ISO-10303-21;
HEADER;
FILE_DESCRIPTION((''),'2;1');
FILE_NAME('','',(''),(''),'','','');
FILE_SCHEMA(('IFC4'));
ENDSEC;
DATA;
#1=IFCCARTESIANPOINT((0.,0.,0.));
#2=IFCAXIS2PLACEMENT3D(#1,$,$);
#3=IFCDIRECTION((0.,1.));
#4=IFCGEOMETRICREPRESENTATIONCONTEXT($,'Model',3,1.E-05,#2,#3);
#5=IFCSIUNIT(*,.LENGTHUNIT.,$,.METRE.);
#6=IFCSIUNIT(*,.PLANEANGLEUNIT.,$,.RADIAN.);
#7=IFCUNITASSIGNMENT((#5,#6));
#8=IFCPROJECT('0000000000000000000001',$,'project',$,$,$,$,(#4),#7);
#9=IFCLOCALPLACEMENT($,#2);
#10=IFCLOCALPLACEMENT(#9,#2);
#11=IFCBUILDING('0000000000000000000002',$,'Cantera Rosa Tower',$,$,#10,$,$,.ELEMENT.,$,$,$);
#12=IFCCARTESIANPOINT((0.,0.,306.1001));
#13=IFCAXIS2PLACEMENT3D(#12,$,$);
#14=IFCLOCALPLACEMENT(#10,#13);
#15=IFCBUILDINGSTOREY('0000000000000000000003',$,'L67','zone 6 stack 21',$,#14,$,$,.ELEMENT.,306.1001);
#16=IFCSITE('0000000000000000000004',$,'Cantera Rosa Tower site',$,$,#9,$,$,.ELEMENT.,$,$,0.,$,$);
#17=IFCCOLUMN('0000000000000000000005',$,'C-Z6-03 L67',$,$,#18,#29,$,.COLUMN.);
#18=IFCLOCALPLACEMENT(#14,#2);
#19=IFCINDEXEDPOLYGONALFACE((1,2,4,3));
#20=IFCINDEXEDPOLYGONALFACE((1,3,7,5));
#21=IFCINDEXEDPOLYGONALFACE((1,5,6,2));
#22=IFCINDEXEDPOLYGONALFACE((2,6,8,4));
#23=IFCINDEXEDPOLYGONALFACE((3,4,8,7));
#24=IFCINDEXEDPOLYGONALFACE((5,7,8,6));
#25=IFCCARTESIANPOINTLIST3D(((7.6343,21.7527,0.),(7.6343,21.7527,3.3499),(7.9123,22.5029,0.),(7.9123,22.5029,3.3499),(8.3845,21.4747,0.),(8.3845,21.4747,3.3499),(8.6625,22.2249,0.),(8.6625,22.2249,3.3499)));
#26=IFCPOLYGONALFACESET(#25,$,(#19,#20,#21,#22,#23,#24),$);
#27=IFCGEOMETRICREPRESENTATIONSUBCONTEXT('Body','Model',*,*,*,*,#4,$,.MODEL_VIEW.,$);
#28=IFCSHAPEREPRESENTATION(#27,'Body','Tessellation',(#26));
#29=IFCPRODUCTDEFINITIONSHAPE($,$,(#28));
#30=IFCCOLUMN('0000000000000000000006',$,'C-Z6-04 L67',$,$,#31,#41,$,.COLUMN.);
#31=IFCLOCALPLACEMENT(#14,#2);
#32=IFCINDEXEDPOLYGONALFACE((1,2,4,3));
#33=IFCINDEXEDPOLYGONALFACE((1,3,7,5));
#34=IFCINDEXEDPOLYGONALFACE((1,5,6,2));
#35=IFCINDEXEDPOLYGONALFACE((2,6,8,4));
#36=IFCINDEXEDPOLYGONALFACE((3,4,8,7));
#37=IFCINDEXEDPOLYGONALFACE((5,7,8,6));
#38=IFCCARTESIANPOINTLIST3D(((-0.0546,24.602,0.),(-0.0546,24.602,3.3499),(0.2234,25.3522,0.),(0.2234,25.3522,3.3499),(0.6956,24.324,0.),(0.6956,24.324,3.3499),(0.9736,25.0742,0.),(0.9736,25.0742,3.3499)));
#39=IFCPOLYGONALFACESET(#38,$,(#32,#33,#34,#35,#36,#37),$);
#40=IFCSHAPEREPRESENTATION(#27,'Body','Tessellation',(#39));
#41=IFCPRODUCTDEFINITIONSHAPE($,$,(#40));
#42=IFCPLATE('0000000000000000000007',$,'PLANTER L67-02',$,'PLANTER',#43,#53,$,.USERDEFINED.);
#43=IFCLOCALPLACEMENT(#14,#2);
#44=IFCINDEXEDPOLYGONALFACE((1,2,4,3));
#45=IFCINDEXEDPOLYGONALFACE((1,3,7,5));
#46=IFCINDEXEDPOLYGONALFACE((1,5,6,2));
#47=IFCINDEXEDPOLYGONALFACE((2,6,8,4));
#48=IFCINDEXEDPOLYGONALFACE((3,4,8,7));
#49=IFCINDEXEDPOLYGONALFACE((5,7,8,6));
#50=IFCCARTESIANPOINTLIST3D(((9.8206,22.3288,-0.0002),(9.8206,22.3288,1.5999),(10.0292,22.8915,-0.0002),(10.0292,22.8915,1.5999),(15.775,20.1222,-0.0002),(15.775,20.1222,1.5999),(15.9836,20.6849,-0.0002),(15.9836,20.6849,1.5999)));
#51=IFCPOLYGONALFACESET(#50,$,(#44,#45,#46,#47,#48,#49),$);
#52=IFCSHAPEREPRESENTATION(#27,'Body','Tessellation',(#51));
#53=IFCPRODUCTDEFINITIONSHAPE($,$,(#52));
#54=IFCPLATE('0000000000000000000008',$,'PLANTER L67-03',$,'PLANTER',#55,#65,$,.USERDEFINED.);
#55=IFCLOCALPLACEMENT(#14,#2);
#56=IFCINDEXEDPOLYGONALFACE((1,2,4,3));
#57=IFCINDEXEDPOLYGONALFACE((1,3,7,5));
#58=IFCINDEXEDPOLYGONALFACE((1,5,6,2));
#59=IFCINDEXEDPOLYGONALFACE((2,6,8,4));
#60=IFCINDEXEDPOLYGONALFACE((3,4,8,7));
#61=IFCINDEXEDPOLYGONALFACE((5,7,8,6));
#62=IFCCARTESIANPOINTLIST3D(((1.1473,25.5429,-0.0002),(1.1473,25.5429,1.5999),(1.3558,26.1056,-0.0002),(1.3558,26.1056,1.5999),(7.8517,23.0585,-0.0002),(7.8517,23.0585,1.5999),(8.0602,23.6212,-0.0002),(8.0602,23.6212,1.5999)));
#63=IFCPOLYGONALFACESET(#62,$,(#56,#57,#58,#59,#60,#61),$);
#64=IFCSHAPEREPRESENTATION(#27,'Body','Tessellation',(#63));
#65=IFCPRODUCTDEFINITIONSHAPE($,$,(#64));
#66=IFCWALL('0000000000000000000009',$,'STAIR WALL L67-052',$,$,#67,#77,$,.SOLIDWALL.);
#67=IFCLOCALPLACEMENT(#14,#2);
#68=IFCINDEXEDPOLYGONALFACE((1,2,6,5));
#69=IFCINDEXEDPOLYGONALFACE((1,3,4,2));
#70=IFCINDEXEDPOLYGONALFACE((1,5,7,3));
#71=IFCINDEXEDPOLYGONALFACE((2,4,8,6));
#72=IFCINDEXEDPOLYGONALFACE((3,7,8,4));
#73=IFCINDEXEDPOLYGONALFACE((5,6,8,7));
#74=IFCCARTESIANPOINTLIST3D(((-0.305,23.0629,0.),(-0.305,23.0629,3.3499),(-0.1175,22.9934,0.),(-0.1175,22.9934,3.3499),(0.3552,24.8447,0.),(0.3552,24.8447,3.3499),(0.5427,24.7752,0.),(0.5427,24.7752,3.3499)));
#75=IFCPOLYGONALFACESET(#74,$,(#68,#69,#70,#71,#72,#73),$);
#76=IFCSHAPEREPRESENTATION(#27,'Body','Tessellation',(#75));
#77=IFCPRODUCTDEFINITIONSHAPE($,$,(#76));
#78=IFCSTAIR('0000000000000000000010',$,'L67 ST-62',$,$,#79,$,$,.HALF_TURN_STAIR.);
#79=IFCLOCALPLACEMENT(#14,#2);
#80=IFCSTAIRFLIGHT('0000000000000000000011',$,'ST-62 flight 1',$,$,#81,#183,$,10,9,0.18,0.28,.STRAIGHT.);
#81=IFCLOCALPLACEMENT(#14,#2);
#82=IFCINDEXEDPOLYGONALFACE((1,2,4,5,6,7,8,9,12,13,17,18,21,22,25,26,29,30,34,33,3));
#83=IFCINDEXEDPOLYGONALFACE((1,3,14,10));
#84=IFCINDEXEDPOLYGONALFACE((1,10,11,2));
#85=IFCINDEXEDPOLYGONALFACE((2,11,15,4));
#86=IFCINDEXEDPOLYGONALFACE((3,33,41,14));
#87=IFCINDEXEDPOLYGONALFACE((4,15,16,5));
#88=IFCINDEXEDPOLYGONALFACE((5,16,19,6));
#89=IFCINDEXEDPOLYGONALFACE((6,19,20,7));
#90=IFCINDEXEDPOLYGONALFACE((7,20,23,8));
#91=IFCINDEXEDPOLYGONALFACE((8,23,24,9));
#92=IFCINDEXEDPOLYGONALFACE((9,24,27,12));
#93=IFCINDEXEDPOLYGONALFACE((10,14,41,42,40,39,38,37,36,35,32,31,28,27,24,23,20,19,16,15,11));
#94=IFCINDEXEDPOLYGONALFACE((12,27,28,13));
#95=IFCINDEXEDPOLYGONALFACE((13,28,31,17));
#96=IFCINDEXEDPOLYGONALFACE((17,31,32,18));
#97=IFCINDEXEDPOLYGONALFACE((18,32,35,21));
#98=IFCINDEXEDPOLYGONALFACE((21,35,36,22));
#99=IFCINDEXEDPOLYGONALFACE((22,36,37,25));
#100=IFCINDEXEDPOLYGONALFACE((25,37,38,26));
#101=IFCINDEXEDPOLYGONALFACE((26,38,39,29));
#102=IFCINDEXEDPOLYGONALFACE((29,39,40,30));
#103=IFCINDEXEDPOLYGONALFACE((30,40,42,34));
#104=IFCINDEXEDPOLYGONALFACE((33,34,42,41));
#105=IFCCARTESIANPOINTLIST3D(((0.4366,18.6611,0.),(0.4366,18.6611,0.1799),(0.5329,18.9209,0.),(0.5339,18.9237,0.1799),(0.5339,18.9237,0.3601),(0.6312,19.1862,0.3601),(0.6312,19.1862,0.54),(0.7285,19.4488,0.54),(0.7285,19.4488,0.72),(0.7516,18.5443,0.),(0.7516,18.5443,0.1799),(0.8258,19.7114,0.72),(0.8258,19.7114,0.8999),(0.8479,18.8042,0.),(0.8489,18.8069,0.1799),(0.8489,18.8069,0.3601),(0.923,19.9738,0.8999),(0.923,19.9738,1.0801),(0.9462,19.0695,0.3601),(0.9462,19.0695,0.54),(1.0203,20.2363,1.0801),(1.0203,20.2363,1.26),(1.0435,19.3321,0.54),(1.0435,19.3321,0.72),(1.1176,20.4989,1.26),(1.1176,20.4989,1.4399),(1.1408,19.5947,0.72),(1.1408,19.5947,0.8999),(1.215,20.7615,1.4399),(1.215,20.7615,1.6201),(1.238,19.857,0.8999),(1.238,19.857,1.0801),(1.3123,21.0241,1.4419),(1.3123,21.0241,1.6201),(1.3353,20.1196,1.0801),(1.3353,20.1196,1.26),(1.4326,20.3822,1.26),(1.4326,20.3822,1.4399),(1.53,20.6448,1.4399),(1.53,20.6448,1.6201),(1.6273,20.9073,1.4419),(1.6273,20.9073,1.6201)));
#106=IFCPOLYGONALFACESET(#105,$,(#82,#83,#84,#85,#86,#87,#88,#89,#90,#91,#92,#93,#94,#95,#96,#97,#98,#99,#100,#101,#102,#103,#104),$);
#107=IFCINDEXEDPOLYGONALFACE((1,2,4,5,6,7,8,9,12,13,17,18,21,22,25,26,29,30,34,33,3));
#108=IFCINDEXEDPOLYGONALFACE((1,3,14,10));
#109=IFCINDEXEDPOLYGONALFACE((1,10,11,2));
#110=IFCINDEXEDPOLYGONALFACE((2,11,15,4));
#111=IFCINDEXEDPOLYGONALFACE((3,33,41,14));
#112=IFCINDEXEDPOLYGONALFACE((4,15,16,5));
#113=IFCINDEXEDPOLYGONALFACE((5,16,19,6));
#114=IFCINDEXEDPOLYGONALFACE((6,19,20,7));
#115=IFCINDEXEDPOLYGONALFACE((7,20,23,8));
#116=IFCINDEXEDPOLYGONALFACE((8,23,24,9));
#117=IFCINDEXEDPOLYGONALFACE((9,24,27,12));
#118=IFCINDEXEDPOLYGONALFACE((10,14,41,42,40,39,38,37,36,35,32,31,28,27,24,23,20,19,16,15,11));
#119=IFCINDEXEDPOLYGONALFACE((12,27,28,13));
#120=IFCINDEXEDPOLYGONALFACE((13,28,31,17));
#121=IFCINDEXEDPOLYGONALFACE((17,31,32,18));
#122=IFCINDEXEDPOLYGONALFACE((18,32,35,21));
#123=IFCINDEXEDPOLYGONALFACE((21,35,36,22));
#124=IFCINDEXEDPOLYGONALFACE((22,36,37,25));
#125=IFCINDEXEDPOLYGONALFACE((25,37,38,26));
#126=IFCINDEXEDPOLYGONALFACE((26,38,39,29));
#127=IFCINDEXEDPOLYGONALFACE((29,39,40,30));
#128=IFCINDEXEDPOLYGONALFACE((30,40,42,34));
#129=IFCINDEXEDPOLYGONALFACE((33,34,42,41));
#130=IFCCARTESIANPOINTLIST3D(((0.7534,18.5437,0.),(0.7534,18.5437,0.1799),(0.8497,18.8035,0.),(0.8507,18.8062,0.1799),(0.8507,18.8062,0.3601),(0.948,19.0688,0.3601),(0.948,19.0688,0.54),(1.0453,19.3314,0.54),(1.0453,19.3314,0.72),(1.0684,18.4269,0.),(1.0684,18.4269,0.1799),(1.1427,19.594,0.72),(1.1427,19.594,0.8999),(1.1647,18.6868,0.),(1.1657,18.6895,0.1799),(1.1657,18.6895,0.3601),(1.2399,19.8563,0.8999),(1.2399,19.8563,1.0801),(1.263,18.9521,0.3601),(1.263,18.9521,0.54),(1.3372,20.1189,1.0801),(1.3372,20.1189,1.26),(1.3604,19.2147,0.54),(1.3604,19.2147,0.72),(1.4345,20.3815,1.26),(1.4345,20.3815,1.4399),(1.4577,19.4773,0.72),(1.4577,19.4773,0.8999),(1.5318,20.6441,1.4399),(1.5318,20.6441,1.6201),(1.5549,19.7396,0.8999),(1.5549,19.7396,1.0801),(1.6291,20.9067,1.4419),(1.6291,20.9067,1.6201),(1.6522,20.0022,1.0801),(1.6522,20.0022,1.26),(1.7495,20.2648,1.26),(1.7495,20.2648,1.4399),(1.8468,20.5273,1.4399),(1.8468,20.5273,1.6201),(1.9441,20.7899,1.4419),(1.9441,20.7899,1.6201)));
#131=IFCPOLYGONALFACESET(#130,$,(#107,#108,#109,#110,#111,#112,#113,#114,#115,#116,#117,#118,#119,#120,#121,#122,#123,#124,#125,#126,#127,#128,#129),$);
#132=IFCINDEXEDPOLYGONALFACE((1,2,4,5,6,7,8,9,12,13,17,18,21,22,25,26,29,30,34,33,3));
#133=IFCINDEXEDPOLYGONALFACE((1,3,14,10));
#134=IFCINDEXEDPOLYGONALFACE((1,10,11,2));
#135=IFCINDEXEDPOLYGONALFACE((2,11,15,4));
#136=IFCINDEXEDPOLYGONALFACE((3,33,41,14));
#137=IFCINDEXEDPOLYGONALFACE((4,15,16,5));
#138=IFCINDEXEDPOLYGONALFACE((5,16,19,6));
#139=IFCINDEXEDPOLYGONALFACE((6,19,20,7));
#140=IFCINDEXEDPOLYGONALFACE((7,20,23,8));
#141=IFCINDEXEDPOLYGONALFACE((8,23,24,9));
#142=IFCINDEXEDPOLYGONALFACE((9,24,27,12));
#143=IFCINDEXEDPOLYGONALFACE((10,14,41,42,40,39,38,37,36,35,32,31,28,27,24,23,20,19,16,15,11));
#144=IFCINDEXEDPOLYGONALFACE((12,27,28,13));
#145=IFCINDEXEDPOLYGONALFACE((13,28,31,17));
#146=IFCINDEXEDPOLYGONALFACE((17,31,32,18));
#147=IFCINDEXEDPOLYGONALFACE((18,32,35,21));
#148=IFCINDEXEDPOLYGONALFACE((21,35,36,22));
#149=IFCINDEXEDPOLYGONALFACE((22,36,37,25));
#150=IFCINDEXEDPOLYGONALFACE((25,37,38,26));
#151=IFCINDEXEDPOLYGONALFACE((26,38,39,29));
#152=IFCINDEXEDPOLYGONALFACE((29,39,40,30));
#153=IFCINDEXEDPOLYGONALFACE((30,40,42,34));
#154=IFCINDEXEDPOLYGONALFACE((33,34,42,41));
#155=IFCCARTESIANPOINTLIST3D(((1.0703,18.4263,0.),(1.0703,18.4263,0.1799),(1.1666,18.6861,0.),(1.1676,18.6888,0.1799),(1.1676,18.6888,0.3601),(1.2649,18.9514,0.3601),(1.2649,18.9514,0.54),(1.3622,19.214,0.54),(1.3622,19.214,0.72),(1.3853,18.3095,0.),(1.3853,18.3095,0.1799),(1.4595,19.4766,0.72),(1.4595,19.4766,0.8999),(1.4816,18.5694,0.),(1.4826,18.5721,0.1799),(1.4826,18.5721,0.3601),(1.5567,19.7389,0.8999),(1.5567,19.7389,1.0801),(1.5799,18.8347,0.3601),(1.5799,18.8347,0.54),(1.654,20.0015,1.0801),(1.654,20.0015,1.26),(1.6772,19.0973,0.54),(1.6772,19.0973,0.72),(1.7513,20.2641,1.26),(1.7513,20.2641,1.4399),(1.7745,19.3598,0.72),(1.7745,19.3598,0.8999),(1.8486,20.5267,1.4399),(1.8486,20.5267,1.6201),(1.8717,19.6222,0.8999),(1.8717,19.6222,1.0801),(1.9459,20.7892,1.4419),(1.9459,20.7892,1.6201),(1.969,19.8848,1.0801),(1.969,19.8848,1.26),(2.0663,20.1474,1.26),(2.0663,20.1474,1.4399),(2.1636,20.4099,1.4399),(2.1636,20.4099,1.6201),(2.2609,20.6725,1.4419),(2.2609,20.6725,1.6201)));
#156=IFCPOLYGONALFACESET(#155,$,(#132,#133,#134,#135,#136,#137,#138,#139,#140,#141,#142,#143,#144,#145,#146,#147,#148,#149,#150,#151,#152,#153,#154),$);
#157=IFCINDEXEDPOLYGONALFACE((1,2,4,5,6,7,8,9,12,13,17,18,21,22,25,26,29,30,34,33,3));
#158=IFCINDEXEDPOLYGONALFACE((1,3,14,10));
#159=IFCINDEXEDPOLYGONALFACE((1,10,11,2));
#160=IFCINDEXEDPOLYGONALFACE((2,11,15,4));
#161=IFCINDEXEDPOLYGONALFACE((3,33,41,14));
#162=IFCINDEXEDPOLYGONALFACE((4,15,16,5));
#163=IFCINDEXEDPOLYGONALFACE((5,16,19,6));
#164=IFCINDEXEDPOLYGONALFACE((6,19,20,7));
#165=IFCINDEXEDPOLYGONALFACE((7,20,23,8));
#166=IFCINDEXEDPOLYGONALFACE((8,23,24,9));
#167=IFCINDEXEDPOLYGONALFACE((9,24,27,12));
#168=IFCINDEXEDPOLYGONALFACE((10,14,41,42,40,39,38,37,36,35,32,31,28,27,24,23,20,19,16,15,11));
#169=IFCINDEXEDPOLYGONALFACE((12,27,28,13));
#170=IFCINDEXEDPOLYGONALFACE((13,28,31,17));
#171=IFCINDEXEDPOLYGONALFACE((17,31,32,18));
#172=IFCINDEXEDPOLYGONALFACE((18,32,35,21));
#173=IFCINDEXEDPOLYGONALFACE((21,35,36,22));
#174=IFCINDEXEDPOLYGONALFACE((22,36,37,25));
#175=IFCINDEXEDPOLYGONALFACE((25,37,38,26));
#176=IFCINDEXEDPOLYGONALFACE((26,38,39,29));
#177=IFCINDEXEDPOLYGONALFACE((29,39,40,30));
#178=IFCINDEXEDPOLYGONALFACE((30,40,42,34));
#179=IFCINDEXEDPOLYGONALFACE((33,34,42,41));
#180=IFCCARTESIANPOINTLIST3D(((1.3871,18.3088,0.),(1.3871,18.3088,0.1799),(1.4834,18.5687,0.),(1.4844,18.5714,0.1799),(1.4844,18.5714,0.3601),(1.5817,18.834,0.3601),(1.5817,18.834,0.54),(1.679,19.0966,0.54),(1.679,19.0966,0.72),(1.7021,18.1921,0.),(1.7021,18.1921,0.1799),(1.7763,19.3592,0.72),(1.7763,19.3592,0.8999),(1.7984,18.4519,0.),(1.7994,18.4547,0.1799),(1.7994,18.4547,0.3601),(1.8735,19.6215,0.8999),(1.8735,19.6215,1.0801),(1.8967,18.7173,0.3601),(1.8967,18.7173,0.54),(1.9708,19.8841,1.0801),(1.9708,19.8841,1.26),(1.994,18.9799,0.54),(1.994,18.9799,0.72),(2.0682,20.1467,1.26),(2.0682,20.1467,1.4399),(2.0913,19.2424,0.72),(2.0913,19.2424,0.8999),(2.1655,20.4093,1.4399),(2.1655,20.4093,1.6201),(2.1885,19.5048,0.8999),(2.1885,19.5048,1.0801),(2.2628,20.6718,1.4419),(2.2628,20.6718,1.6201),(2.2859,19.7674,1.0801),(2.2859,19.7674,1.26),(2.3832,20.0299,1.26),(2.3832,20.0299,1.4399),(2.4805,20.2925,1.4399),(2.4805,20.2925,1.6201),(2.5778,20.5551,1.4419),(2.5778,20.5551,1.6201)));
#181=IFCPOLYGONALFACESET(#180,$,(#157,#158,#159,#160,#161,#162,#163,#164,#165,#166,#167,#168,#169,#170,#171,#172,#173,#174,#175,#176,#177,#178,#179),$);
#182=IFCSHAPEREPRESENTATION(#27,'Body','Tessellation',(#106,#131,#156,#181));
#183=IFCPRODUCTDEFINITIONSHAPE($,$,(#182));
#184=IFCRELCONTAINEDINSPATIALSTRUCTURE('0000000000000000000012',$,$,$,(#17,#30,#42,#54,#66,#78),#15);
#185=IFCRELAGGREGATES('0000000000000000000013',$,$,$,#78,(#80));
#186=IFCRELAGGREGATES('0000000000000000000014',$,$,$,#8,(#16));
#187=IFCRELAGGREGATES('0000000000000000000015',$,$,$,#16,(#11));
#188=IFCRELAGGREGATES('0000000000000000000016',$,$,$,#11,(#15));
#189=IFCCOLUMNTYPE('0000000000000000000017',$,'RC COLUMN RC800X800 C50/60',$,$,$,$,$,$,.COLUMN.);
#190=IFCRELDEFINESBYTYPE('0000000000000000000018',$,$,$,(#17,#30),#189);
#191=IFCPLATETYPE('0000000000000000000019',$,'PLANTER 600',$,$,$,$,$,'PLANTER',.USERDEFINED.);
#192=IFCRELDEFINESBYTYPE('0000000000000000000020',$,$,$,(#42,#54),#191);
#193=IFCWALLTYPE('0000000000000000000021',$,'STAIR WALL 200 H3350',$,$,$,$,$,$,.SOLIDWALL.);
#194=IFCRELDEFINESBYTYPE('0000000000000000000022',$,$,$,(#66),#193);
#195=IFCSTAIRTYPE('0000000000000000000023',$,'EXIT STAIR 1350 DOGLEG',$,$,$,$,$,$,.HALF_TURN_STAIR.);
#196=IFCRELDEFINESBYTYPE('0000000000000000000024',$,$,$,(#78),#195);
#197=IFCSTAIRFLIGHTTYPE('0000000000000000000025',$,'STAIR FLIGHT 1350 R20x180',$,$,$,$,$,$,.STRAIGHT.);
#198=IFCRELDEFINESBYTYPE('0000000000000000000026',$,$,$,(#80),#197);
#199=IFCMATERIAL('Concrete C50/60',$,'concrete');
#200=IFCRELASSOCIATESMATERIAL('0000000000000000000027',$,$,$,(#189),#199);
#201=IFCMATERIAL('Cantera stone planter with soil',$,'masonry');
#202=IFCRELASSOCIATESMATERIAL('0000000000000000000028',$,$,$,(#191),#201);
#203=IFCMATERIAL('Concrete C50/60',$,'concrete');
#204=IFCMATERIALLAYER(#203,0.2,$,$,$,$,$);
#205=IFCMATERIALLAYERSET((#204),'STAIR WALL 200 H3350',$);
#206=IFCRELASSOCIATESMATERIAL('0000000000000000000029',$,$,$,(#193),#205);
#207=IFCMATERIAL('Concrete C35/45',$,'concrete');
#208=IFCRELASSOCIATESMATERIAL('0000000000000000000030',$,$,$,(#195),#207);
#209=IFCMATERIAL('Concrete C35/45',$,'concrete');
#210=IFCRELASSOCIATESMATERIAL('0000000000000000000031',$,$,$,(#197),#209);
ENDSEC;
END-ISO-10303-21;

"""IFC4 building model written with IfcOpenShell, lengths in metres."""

from ifc_helpers import new_model, si_unit, direction, frame, frame_2d, origin, origin_2d, place, context, subcontext, project, spatial, polyline, rectangle, outline, extrude, material, layer, layer_set, material_profile, profile_set, type_object, element, aggregate, save


model = new_model("IFC4")

# Units and contexts
model_context = context("Model", 3, precision=1e-05, world=origin(), true_north=direction((0.0, 1.0)))
body_context = subcontext(model_context, "Body", "Model", "MODEL_VIEW")
ifc_project = project(units=[si_unit("LENGTHUNIT", "METRE"), si_unit("PLANEANGLEUNIT", "RADIAN")], contexts=[model_context])

# Site, building, storey
site_placement = place(None, origin())
site = spatial("IfcSite", under=ifc_project, at=site_placement, Name="Cantera Rosa Tower site", CompositionType="ELEMENT", RefElevation=0.0)
building_placement = place(site_placement, origin())
building = spatial("IfcBuilding", under=site, at=building_placement, Name="Cantera Rosa Tower", CompositionType="ELEMENT")
storey_placement = place(building_placement, frame((0.0, 0.0, 306.1001)))
storey = spatial("IfcBuildingStorey", under=building, at=storey_placement, Name="L67", Description="zone 6 stack 21", CompositionType="ELEMENT", Elevation=306.1001)

# Columns
ifc_material_1 = material(Name="Concrete C50/60", Category="concrete")
ifc_material_profile = material_profile(ifc_material_1, rectangle(XDim=0.8, YDim=0.8, at=origin_2d()), Name="RC COLUMN RC800X800 C50/60")
ifc_profile_set = profile_set([ifc_material_profile], Name="Concrete C50/60")
column_type = type_object("IfcColumnType", Name="RC COLUMN RC800X800 C50/60", PredefinedType="COLUMN", material=ifc_profile_set)
for number, where, z_axis, x_axis, name in (
    (1, (8.1484, 21.9888, 0.0), (0.0, 0.0, 1.0), (0.347481, 0.937687, 0.0), "C-Z6-03 L67"),
    (2, (0.4595, 24.8381, 0.0), (0.0, 0.0, 1.0), (0.347481, 0.937687, 0.0), "C-Z6-04 L67"),
):
    element("IfcColumn", number, at=place(storey_placement, frame(where, z_axis=z_axis, x_axis=x_axis)), inside=storey, type_object=column_type, Name=name, PredefinedType="COLUMN", context=body_context, shape_type="SweptSolid", body=[
        extrude(rectangle(XDim=0.8, YDim=0.8, at=origin_2d()), origin(), (0.0, 0.0, 1.0), 3.3499),
    ])

# Plates
ifc_material_2 = material(Name="Cantera stone planter with soil", Category="masonry")
plate_type = type_object("IfcPlateType", Name="PLANTER 600", ElementType="PLANTER", PredefinedType="USERDEFINED", material=ifc_material_2)
plate_1_placement = place(storey_placement, frame((12.9021, 21.5068, -0.0002), z_axis=(0.0, 0.0, 1.0), x_axis=(-0.937687, 0.347481, 0.0)))
element("IfcPlate", 3, at=plate_1_placement, inside=storey, type_object=plate_type, Name="PLANTER L67-02", ObjectType="PLANTER", PredefinedType="USERDEFINED", context=body_context, shape_type="SweptSolid", body=[
    extrude(rectangle(XDim=6.3501, YDim=0.6001, at=origin_2d()), origin(), (0.0, 0.0, 1.0), 1.6001),
])
plate_2_placement = place(storey_placement, frame((4.6038, 24.582, -0.0002), z_axis=(0.0, 0.0, 1.0), x_axis=(-0.937687, 0.347481, 0.0)))
element("IfcPlate", 4, at=plate_2_placement, inside=storey, type_object=plate_type, Name="PLANTER L67-03", ObjectType="PLANTER", PredefinedType="USERDEFINED", context=body_context, shape_type="SweptSolid", body=[
    extrude(rectangle(XDim=7.1499, YDim=0.6001, at=origin_2d()), origin(), (0.0, 0.0, 1.0), 1.6001),
])

# Wall
ifc_material_3 = material(Name="Concrete C50/60", Category="concrete")
ifc_layer_1 = layer(ifc_material_3, 0.2)
ifc_layer_set_1 = layer_set([ifc_layer_1], Name="STAIR WALL 200 H3350")
wall_type_1 = type_object("IfcWallType", Name="STAIR WALL 200 H3350", PredefinedType="SOLIDWALL", material=ifc_layer_set_1)
wall_1_placement = place(storey_placement, frame((0.449, 24.8101, 0.0), z_axis=(0.0, 0.0, 1.0), x_axis=(-0.347432, -0.937705, 0.0)))
element("IfcWall", 5, at=wall_1_placement, inside=storey, type_object=wall_type_1, Name="STAIR WALL L67-052", PredefinedType="SOLIDWALL", context=body_context, shape_type="SweptSolid", body=[
    extrude(rectangle(XDim=1.9001, YDim=0.2, at=frame_2d((0.9502, 0.0))), origin(), (0.0, 0.0, 1.0), 3.3499),
])

# Stair, stair flight
ifc_material_4 = material(Name="Concrete C35/45", Category="concrete")
stair_type = type_object("IfcStairType", Name="EXIT STAIR 1350 DOGLEG", PredefinedType="HALF_TURN_STAIR", material=ifc_material_4)
stair_placement = place(storey_placement, origin())
stair = element("IfcStair", 6, at=stair_placement, inside=storey, type_object=stair_type, Name="L67 ST-62", PredefinedType="HALF_TURN_STAIR")
ifc_material_5 = material(Name="Concrete C35/45", Category="concrete")
stair_flight_type = type_object("IfcStairFlightType", Name="STAIR FLIGHT 1350 R20x180", PredefinedType="STRAIGHT", material=ifc_material_5)
stair_flight_1_placement = place(storey_placement, frame((1.0696, 18.4265, 0.0), z_axis=(0.0, 0.0, 1.0), x_axis=(0.347481, 0.937687, 0.0)))
stair_flight_1 = element("IfcStairFlight", 7, at=stair_flight_1_placement, type_object=stair_flight_type, Name="ST-62 flight 1", NumberOfRisers=10, NumberOfTreads=9, PredefinedType="STRAIGHT", RiserHeight=0.18, TreadLength=0.28, context=body_context, shape_type="SweptSolid", body=[
    extrude(outline(polyline([(0.0, 0.0), (0.0, 0.1799), (0.28, 0.1799), (0.28, 0.3601), (0.5601, 0.3601), (0.5601, 0.54), (0.8401, 0.54), (0.8401, 0.72), (1.1201, 0.72), (1.1201, 0.8999), (1.3999, 0.8999), (1.3999, 1.0801), (1.6799, 1.0801), (1.6799, 1.26), (1.96, 1.26), (1.96, 1.4399), (2.24, 1.4399), (2.24, 1.6201), (2.52, 1.6201), (2.52, 1.8), (2.52, 1.4419), (0.2771, 0.0), (0.0, 0.0)])), frame((0.0, 0.675, 0.0), z_axis=(0.0, -1.0, 0.0), x_axis=(1.0, 0.0, 0.0)), (0.0, 0.0, 1.0), 0.3359),
    extrude(outline(polyline([(0.0, 0.0), (0.0, 0.1799), (0.28, 0.1799), (0.28, 0.3601), (0.5601, 0.3601), (0.5601, 0.54), (0.8401, 0.54), (0.8401, 0.72), (1.1201, 0.72), (1.1201, 0.8999), (1.3999, 0.8999), (1.3999, 1.0801), (1.6799, 1.0801), (1.6799, 1.26), (1.96, 1.26), (1.96, 1.4399), (2.24, 1.4399), (2.24, 1.6201), (2.52, 1.6201), (2.52, 1.8), (2.52, 1.4419), (0.2771, 0.0), (0.0, 0.0)])), frame((0.0, 0.3372, 0.0), z_axis=(0.0, -1.0, 0.0), x_axis=(1.0, 0.0, 0.0)), (0.0, 0.0, 1.0), 0.3359),
    extrude(outline(polyline([(0.0, 0.0), (0.0, 0.1799), (0.28, 0.1799), (0.28, 0.3601), (0.5601, 0.3601), (0.5601, 0.54), (0.8401, 0.54), (0.8401, 0.72), (1.1201, 0.72), (1.1201, 0.8999), (1.3999, 0.8999), (1.3999, 1.0801), (1.6799, 1.0801), (1.6799, 1.26), (1.96, 1.26), (1.96, 1.4399), (2.24, 1.4399), (2.24, 1.6201), (2.52, 1.6201), (2.52, 1.8), (2.52, 1.4419), (0.2771, 0.0), (0.0, 0.0)])), frame((0.0, -0.0007, 0.0), z_axis=(0.0, -1.0, 0.0), x_axis=(1.0, 0.0, 0.0)), (0.0, 0.0, 1.0), 0.3359),
    extrude(outline(polyline([(0.0, 0.0), (0.0, 0.1799), (0.28, 0.1799), (0.28, 0.3601), (0.5601, 0.3601), (0.5601, 0.54), (0.8401, 0.54), (0.8401, 0.72), (1.1201, 0.72), (1.1201, 0.8999), (1.3999, 0.8999), (1.3999, 1.0801), (1.6799, 1.0801), (1.6799, 1.26), (1.96, 1.26), (1.96, 1.4399), (2.24, 1.4399), (2.24, 1.6201), (2.52, 1.6201), (2.52, 1.8), (2.52, 1.4419), (0.2771, 0.0), (0.0, 0.0)])), frame((0.0, -0.3386, 0.0), z_axis=(0.0, -1.0, 0.0), x_axis=(1.0, 0.0, 0.0)), (0.0, 0.0, 1.0), 0.3359),
])
aggregate(stair, [stair_flight_1])

save(model, "model.ifc")
